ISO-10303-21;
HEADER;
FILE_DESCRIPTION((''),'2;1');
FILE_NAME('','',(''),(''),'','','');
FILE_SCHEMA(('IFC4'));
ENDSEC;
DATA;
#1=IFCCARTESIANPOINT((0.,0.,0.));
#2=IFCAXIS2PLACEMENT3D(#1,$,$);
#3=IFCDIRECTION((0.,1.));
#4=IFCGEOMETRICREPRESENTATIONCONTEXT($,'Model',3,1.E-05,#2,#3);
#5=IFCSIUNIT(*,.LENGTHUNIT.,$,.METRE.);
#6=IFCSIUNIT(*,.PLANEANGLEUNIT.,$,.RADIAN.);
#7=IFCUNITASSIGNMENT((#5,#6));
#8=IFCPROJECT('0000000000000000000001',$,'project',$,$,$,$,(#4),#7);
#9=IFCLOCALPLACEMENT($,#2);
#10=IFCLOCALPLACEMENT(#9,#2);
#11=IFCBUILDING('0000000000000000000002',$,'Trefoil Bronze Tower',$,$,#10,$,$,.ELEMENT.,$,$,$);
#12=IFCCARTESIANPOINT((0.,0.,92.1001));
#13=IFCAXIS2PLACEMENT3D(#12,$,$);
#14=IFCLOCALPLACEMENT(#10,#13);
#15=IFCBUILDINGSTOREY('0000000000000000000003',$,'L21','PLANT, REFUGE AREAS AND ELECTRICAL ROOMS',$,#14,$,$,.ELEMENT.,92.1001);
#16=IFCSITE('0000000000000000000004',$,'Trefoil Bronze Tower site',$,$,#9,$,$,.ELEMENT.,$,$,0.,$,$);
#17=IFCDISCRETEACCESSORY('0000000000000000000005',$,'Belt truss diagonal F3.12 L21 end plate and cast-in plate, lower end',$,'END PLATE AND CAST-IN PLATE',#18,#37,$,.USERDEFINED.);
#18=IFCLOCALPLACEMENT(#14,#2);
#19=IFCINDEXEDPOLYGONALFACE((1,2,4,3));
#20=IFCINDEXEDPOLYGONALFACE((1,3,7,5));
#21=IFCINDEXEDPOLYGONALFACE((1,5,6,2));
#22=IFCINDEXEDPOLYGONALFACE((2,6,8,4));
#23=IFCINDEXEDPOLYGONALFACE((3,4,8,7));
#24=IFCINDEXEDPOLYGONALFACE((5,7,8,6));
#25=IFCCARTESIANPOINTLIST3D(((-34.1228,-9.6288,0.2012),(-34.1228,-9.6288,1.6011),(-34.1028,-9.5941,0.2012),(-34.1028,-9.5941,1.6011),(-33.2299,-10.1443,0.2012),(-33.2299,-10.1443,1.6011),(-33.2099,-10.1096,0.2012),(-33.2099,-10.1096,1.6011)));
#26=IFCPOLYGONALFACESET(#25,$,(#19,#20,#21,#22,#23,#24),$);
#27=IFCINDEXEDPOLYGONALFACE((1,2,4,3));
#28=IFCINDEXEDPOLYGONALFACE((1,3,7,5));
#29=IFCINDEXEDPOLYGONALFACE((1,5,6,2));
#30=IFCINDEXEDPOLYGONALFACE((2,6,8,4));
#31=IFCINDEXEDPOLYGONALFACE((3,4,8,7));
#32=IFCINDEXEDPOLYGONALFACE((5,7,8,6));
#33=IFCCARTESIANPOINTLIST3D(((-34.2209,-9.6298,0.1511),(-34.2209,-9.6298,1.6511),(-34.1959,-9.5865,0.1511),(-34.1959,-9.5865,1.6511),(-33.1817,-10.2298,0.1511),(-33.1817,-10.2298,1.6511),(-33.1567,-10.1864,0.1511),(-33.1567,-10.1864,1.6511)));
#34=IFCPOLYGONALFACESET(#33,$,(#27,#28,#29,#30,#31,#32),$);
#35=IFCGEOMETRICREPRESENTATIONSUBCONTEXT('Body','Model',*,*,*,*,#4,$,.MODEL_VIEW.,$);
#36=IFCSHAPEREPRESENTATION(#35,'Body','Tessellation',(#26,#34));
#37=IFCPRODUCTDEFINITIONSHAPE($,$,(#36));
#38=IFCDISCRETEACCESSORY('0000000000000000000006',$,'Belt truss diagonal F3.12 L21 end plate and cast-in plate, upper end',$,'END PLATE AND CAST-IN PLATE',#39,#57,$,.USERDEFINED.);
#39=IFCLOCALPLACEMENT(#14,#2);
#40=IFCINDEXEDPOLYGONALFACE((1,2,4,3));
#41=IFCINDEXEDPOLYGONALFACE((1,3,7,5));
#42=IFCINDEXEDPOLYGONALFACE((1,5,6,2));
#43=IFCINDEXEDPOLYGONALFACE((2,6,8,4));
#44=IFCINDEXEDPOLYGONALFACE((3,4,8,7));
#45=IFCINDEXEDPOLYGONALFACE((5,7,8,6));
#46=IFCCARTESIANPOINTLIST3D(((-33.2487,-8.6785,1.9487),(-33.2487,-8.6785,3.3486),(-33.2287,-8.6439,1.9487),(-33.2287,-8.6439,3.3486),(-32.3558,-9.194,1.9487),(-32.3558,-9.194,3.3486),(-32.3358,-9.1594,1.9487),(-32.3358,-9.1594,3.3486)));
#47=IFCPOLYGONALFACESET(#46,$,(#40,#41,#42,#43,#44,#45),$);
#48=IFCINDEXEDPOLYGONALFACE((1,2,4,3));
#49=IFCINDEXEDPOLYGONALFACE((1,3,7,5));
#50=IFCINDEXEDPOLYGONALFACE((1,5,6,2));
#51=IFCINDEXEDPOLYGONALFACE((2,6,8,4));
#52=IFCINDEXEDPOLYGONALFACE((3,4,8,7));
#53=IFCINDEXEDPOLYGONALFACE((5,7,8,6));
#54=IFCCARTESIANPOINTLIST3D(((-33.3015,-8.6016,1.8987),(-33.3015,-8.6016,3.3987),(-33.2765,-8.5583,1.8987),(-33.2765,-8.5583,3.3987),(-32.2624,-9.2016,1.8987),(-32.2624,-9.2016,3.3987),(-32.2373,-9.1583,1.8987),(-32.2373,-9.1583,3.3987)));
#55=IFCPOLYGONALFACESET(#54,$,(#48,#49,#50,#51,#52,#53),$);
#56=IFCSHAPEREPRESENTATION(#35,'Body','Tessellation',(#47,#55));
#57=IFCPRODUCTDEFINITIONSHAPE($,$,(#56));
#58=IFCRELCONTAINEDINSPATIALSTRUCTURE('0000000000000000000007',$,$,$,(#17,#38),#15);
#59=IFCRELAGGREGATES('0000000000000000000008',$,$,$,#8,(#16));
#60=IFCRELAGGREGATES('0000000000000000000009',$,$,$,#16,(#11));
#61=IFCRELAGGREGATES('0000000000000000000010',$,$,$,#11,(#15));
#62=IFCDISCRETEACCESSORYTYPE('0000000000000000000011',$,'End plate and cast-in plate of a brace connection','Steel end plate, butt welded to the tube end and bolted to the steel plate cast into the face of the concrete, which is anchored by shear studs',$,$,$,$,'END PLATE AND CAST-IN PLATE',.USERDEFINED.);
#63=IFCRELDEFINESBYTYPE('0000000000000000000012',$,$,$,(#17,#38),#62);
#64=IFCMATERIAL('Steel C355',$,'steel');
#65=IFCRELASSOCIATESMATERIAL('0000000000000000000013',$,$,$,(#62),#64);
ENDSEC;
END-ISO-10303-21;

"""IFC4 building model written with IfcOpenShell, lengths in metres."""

from ifc_helpers import new_model, si_unit, direction, frame, origin, origin_2d, place, context, subcontext, project, spatial, rectangle, extrude, material, type_object, element, save


model = new_model("IFC4")

# Units and contexts
model_context = context("Model", 3, precision=1e-05, world=origin(), true_north=direction((0.0, 1.0)))
body_context = subcontext(model_context, "Body", "Model", "MODEL_VIEW")
ifc_project = project(units=[si_unit("LENGTHUNIT", "METRE"), si_unit("PLANEANGLEUNIT", "RADIAN")], contexts=[model_context])

# Site, building, storey
site_placement = place(None, origin())
site = spatial("IfcSite", under=ifc_project, at=site_placement, Name="Trefoil Bronze Tower site", CompositionType="ELEMENT", RefElevation=0.0)
building_placement = place(site_placement, origin())
building = spatial("IfcBuilding", under=site, at=building_placement, Name="Trefoil Bronze Tower", CompositionType="ELEMENT")
storey_placement = place(building_placement, frame((0.0, 0.0, 92.1001)))
storey = spatial("IfcBuildingStorey", under=building, at=storey_placement, Name="L21", Description="PLANT, REFUGE AREAS AND ELECTRICAL ROOMS", CompositionType="ELEMENT", Elevation=92.1001)

# Discrete accessories
ifc_material_1 = material(Name="Steel C355", Category="steel")
discrete_accessory_type = type_object("IfcDiscreteAccessoryType", Name="End plate and cast-in plate of a brace connection", Description="Steel end plate, butt welded to the tube end and bolted to the steel plate cast into the face of the concrete, which is anchored by shear studs", ElementType="END PLATE AND CAST-IN PLATE", PredefinedType="USERDEFINED", material=ifc_material_1)
discrete_accessory_1_placement = place(storey_placement, frame((-33.676, -9.8865, 0.9011), z_axis=(0.0, 0.0, 1.0), x_axis=(0.5, 0.866025, 0.0)))
element("IfcDiscreteAccessory", 1, at=discrete_accessory_1_placement, inside=storey, type_object=discrete_accessory_type, Name="Belt truss diagonal F3.12 L21 end plate and cast-in plate, lower end", ObjectType="END PLATE AND CAST-IN PLATE", PredefinedType="USERDEFINED", context=body_context, shape_type="SweptSolid", body=[
    extrude(rectangle(XDim=0.04, YDim=1.031, at=origin_2d()), frame((0.0198, 0.0002, -0.7)), (0.0, 0.0, 1.0), 1.3999),
    extrude(rectangle(XDim=0.05, YDim=1.2, at=origin_2d()), frame((-0.0251, 0.0002, -0.75)), (0.0, 0.0, 1.0), 1.5),
])
discrete_accessory_2_placement = place(storey_placement, frame((-32.7822, -8.9016, 2.6487), z_axis=(0.0, 0.0, 1.0), x_axis=(-0.5, -0.866025, 0.0)))
element("IfcDiscreteAccessory", 2, at=discrete_accessory_2_placement, inside=storey, type_object=discrete_accessory_type, Name="Belt truss diagonal F3.12 L21 end plate and cast-in plate, upper end", ObjectType="END PLATE AND CAST-IN PLATE", PredefinedType="USERDEFINED", context=body_context, shape_type="SweptSolid", body=[
    extrude(rectangle(XDim=0.04, YDim=1.031, at=origin_2d()), frame((0.02, 0.0, -0.7)), (0.0, 0.0, 1.0), 1.3999),
    extrude(rectangle(XDim=0.05, YDim=1.2, at=origin_2d()), frame((-0.0251, 0.0002, -0.75)), (0.0, 0.0, 1.0), 1.5),
])

save(model, "model.ifc")
